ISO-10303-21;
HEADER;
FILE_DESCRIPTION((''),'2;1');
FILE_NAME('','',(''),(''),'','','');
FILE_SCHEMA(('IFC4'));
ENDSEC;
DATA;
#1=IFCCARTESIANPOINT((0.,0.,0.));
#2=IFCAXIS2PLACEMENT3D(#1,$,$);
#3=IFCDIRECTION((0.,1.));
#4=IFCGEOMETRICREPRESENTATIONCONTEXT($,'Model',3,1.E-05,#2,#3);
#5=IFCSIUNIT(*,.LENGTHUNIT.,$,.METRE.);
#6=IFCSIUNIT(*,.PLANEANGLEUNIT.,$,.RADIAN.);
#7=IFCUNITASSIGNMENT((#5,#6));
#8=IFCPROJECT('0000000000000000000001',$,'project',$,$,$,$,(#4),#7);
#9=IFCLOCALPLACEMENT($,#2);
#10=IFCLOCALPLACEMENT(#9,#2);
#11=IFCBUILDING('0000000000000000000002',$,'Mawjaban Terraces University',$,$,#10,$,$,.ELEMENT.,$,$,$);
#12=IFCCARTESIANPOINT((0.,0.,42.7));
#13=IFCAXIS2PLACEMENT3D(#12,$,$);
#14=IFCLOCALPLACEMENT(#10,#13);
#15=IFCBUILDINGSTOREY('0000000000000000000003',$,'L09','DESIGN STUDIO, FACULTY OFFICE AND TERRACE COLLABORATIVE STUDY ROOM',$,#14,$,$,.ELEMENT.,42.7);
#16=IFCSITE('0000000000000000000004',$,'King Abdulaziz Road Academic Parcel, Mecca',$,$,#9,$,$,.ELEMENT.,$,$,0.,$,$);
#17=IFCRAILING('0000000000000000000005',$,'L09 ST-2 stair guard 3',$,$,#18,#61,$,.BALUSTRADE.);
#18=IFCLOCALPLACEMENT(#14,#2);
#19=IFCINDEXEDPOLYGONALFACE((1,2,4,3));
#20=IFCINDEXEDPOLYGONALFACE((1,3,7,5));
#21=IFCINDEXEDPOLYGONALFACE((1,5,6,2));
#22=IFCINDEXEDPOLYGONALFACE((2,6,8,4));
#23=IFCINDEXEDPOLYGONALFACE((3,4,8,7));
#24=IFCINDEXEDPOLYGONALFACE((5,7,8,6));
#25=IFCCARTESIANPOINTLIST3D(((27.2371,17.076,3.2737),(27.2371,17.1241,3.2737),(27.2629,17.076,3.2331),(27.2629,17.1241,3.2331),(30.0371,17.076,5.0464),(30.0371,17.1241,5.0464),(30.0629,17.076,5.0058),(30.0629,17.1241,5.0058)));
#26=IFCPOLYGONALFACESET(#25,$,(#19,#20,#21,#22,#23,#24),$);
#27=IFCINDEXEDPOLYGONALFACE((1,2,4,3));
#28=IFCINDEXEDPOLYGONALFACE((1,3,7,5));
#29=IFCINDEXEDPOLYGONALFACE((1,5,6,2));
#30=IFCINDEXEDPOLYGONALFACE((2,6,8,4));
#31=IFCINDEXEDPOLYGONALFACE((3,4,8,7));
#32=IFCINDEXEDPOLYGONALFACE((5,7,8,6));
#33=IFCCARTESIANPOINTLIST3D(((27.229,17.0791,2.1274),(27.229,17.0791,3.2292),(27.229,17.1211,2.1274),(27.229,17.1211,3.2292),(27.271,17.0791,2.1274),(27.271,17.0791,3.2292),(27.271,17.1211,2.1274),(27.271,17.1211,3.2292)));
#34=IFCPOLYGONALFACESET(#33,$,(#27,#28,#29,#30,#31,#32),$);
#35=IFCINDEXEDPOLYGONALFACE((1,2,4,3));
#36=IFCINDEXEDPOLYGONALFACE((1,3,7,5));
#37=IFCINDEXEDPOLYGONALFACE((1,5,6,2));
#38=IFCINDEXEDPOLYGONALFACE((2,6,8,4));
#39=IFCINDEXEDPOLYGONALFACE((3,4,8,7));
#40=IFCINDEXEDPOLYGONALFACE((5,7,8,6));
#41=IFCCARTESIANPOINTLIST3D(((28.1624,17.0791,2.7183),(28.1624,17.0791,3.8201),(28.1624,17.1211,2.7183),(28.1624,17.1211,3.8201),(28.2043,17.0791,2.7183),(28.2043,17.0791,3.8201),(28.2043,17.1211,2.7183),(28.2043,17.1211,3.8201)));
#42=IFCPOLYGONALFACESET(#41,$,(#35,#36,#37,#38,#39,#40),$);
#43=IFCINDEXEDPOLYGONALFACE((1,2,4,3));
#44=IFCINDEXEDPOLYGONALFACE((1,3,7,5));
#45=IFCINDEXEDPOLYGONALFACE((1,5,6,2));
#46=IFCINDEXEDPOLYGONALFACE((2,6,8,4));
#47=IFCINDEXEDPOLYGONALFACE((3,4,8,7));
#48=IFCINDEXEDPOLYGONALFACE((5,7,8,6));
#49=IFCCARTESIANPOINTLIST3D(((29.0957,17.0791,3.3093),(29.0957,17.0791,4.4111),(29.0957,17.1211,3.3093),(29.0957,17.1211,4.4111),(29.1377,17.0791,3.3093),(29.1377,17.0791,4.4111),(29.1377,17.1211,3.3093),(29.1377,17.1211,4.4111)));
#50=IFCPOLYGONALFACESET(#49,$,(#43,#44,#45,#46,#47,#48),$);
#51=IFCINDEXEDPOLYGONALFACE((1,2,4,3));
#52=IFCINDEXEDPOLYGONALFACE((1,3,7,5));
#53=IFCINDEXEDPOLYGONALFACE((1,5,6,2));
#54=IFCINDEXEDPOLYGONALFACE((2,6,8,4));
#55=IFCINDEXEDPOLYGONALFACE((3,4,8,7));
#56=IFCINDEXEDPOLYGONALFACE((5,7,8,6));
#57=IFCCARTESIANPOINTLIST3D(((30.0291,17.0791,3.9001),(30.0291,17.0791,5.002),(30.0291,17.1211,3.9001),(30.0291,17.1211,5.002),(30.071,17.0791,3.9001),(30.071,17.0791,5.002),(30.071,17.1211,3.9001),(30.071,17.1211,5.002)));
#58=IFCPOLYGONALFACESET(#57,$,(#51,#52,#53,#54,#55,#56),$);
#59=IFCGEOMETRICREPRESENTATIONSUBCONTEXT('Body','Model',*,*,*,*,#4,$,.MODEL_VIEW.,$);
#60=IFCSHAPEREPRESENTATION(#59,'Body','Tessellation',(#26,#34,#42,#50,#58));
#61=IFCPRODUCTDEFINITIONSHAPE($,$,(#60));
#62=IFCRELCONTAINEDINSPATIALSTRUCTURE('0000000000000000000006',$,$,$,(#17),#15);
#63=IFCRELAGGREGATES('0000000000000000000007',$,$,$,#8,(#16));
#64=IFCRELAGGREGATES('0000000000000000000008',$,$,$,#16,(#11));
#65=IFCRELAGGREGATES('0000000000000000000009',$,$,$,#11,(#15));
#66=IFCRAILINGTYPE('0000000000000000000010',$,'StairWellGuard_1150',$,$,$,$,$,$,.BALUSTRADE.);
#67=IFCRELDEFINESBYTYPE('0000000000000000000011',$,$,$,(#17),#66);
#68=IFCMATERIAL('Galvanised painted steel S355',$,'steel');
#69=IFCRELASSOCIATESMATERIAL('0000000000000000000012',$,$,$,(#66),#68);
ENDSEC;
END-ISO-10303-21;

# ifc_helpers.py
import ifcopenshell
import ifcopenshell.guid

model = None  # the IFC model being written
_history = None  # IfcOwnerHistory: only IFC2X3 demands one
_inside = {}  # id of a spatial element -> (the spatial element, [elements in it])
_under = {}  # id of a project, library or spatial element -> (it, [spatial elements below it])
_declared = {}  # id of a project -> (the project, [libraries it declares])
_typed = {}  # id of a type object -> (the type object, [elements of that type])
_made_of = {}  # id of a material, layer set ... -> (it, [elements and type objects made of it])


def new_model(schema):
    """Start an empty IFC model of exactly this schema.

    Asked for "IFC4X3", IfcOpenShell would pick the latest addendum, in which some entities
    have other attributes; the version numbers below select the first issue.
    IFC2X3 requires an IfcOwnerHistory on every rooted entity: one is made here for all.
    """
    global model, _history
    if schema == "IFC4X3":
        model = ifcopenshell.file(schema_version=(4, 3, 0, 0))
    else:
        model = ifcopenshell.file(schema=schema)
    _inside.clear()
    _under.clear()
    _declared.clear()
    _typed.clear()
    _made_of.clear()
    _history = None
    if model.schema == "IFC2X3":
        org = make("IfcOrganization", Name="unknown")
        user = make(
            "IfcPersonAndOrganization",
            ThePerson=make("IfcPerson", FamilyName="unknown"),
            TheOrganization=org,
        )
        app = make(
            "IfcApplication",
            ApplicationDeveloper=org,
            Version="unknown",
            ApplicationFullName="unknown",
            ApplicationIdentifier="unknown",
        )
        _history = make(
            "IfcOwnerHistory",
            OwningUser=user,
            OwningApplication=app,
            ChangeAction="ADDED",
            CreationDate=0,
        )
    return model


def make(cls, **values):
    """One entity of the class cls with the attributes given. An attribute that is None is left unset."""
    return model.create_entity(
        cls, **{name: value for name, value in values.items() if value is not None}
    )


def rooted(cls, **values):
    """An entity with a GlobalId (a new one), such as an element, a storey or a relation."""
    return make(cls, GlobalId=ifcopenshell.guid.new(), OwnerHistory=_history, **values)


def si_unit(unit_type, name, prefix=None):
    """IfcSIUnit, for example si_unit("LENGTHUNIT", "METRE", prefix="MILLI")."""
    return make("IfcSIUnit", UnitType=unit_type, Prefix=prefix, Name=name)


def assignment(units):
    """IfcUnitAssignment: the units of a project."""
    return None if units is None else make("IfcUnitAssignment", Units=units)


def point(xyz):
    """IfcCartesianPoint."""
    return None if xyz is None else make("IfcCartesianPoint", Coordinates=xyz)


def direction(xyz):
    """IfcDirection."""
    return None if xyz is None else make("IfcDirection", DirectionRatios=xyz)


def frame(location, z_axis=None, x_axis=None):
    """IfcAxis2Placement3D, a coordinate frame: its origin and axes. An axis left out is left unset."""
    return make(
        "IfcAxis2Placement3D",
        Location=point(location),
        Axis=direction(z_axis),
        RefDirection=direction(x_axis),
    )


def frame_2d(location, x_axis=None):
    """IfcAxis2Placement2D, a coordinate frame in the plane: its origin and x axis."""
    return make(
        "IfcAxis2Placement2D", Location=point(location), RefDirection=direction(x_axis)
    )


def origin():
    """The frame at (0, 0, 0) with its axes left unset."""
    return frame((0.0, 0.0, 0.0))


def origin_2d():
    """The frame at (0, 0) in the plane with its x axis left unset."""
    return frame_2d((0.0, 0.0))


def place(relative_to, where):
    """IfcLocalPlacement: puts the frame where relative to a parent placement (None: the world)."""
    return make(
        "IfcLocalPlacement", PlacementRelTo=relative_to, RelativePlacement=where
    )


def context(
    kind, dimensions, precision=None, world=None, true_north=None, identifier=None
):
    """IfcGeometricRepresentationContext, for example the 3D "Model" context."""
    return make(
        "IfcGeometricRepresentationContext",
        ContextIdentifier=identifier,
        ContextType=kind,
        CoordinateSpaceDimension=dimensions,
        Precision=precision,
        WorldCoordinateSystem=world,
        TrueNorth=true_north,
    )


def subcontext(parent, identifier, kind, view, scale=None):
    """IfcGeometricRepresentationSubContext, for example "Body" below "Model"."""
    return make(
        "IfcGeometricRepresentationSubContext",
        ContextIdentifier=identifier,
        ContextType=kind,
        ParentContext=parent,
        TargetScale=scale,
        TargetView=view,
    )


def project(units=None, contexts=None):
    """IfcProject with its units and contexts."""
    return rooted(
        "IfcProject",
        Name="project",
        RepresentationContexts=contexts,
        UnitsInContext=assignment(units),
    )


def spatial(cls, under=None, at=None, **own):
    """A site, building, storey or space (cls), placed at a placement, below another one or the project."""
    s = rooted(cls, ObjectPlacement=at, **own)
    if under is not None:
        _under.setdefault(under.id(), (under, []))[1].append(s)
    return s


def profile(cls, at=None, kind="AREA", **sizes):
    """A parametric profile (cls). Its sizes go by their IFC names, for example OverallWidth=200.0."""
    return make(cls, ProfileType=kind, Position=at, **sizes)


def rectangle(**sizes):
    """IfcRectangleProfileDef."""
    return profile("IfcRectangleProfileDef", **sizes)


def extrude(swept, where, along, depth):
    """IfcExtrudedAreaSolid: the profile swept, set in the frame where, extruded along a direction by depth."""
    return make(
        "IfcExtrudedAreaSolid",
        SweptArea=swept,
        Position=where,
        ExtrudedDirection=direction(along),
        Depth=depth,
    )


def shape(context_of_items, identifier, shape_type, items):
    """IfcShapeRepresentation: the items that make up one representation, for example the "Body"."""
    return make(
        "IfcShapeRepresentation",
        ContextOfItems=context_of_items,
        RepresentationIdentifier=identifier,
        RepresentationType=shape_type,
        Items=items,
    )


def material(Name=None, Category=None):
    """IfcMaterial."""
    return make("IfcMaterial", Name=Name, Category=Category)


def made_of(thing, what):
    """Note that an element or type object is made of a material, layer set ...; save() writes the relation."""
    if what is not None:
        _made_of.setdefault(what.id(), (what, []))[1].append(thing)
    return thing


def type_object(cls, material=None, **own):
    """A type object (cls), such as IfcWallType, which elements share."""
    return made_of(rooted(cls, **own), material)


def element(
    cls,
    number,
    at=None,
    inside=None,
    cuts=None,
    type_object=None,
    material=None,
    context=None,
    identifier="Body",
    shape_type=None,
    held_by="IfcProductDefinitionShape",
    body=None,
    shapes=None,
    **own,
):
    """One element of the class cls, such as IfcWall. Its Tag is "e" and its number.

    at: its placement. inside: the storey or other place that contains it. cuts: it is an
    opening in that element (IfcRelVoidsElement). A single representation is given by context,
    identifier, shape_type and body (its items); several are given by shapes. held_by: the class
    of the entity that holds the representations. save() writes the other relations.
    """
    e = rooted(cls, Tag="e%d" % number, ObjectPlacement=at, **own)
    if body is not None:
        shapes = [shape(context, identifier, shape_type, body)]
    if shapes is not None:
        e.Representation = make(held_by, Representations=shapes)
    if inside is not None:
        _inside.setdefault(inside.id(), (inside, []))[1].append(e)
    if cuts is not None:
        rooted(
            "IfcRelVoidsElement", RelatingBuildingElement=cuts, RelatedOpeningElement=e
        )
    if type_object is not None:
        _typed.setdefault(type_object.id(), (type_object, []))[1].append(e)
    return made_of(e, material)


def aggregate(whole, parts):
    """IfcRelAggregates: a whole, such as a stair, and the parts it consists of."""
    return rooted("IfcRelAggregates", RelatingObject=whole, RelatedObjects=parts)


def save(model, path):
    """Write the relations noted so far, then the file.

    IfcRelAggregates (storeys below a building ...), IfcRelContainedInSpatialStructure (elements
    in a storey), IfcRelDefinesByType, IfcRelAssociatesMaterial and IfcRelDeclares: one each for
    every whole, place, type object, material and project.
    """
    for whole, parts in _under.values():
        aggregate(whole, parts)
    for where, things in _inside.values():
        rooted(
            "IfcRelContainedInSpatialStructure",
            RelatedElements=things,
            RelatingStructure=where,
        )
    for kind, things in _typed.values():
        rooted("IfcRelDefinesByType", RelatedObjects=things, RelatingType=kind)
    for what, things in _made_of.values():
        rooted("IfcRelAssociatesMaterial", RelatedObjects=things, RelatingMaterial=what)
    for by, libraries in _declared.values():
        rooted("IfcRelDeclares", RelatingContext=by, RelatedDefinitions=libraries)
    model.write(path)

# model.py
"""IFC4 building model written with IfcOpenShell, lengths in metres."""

from ifc_helpers import new_model, si_unit, direction, frame, origin, origin_2d, place, context, subcontext, project, spatial, rectangle, extrude, material, type_object, element, save


model = new_model("IFC4")

# Units and contexts
model_context = context("Model", 3, precision=1e-05, world=origin(), true_north=direction((0.0, 1.0)))
body_context = subcontext(model_context, "Body", "Model", "MODEL_VIEW")
ifc_project = project(units=[si_unit("LENGTHUNIT", "METRE"), si_unit("PLANEANGLEUNIT", "RADIAN")], contexts=[model_context])

# Site, building, storey
site_placement = place(None, origin())
site = spatial("IfcSite", under=ifc_project, at=site_placement, Name="King Abdulaziz Road Academic Parcel, Mecca", CompositionType="ELEMENT", RefElevation=0.0)
building_placement = place(site_placement, origin())
building = spatial("IfcBuilding", under=site, at=building_placement, Name="Mawjaban Terraces University", CompositionType="ELEMENT")
storey_placement = place(building_placement, frame((0.0, 0.0, 42.7)))
storey = spatial("IfcBuildingStorey", under=building, at=storey_placement, Name="L09", Description="DESIGN STUDIO, FACULTY OFFICE AND TERRACE COLLABORATIVE STUDY ROOM", CompositionType="ELEMENT", Elevation=42.7)

# Railing
ifc_material_1 = material(Name="Galvanised painted steel S355", Category="steel")
railing_type_1 = type_object("IfcRailingType", Name="StairWellGuard_1150", PredefinedType="BALUSTRADE", material=ifc_material_1)
railing_1_placement = place(storey_placement, frame((27.25, 17.1001, 2.1274)))
element("IfcRailing", 1, at=railing_1_placement, inside=storey, type_object=railing_type_1, Name="L09 ST-2 stair guard 3", PredefinedType="BALUSTRADE", context=body_context, shape_type="SweptSolid", body=[
    extrude(rectangle(XDim=0.0481, YDim=0.0481, at=origin_2d()), frame((0.0, 0.0, 1.126), z_axis=(0.844909, 0.0, 0.53491), x_axis=(0.0, 1.0, 0.0)), (0.0, 0.0, 1.0), 3.314),
    extrude(rectangle(XDim=0.042, YDim=0.042, at=origin_2d()), origin(), (0.0, 0.0, 1.0), 1.1018),
    extrude(rectangle(XDim=0.042, YDim=0.042, at=origin_2d()), frame((0.9333, 0.0, 0.5908)), (0.0, 0.0, 1.0), 1.1018),
    extrude(rectangle(XDim=0.042, YDim=0.042, at=origin_2d()), frame((1.8667, 0.0, 1.1819)), (0.0, 0.0, 1.0), 1.1018),
    extrude(rectangle(XDim=0.042, YDim=0.042, at=origin_2d()), frame((2.8, 0.0, 1.7727)), (0.0, 0.0, 1.0), 1.1018),
])

save(model, "model.ifc")
